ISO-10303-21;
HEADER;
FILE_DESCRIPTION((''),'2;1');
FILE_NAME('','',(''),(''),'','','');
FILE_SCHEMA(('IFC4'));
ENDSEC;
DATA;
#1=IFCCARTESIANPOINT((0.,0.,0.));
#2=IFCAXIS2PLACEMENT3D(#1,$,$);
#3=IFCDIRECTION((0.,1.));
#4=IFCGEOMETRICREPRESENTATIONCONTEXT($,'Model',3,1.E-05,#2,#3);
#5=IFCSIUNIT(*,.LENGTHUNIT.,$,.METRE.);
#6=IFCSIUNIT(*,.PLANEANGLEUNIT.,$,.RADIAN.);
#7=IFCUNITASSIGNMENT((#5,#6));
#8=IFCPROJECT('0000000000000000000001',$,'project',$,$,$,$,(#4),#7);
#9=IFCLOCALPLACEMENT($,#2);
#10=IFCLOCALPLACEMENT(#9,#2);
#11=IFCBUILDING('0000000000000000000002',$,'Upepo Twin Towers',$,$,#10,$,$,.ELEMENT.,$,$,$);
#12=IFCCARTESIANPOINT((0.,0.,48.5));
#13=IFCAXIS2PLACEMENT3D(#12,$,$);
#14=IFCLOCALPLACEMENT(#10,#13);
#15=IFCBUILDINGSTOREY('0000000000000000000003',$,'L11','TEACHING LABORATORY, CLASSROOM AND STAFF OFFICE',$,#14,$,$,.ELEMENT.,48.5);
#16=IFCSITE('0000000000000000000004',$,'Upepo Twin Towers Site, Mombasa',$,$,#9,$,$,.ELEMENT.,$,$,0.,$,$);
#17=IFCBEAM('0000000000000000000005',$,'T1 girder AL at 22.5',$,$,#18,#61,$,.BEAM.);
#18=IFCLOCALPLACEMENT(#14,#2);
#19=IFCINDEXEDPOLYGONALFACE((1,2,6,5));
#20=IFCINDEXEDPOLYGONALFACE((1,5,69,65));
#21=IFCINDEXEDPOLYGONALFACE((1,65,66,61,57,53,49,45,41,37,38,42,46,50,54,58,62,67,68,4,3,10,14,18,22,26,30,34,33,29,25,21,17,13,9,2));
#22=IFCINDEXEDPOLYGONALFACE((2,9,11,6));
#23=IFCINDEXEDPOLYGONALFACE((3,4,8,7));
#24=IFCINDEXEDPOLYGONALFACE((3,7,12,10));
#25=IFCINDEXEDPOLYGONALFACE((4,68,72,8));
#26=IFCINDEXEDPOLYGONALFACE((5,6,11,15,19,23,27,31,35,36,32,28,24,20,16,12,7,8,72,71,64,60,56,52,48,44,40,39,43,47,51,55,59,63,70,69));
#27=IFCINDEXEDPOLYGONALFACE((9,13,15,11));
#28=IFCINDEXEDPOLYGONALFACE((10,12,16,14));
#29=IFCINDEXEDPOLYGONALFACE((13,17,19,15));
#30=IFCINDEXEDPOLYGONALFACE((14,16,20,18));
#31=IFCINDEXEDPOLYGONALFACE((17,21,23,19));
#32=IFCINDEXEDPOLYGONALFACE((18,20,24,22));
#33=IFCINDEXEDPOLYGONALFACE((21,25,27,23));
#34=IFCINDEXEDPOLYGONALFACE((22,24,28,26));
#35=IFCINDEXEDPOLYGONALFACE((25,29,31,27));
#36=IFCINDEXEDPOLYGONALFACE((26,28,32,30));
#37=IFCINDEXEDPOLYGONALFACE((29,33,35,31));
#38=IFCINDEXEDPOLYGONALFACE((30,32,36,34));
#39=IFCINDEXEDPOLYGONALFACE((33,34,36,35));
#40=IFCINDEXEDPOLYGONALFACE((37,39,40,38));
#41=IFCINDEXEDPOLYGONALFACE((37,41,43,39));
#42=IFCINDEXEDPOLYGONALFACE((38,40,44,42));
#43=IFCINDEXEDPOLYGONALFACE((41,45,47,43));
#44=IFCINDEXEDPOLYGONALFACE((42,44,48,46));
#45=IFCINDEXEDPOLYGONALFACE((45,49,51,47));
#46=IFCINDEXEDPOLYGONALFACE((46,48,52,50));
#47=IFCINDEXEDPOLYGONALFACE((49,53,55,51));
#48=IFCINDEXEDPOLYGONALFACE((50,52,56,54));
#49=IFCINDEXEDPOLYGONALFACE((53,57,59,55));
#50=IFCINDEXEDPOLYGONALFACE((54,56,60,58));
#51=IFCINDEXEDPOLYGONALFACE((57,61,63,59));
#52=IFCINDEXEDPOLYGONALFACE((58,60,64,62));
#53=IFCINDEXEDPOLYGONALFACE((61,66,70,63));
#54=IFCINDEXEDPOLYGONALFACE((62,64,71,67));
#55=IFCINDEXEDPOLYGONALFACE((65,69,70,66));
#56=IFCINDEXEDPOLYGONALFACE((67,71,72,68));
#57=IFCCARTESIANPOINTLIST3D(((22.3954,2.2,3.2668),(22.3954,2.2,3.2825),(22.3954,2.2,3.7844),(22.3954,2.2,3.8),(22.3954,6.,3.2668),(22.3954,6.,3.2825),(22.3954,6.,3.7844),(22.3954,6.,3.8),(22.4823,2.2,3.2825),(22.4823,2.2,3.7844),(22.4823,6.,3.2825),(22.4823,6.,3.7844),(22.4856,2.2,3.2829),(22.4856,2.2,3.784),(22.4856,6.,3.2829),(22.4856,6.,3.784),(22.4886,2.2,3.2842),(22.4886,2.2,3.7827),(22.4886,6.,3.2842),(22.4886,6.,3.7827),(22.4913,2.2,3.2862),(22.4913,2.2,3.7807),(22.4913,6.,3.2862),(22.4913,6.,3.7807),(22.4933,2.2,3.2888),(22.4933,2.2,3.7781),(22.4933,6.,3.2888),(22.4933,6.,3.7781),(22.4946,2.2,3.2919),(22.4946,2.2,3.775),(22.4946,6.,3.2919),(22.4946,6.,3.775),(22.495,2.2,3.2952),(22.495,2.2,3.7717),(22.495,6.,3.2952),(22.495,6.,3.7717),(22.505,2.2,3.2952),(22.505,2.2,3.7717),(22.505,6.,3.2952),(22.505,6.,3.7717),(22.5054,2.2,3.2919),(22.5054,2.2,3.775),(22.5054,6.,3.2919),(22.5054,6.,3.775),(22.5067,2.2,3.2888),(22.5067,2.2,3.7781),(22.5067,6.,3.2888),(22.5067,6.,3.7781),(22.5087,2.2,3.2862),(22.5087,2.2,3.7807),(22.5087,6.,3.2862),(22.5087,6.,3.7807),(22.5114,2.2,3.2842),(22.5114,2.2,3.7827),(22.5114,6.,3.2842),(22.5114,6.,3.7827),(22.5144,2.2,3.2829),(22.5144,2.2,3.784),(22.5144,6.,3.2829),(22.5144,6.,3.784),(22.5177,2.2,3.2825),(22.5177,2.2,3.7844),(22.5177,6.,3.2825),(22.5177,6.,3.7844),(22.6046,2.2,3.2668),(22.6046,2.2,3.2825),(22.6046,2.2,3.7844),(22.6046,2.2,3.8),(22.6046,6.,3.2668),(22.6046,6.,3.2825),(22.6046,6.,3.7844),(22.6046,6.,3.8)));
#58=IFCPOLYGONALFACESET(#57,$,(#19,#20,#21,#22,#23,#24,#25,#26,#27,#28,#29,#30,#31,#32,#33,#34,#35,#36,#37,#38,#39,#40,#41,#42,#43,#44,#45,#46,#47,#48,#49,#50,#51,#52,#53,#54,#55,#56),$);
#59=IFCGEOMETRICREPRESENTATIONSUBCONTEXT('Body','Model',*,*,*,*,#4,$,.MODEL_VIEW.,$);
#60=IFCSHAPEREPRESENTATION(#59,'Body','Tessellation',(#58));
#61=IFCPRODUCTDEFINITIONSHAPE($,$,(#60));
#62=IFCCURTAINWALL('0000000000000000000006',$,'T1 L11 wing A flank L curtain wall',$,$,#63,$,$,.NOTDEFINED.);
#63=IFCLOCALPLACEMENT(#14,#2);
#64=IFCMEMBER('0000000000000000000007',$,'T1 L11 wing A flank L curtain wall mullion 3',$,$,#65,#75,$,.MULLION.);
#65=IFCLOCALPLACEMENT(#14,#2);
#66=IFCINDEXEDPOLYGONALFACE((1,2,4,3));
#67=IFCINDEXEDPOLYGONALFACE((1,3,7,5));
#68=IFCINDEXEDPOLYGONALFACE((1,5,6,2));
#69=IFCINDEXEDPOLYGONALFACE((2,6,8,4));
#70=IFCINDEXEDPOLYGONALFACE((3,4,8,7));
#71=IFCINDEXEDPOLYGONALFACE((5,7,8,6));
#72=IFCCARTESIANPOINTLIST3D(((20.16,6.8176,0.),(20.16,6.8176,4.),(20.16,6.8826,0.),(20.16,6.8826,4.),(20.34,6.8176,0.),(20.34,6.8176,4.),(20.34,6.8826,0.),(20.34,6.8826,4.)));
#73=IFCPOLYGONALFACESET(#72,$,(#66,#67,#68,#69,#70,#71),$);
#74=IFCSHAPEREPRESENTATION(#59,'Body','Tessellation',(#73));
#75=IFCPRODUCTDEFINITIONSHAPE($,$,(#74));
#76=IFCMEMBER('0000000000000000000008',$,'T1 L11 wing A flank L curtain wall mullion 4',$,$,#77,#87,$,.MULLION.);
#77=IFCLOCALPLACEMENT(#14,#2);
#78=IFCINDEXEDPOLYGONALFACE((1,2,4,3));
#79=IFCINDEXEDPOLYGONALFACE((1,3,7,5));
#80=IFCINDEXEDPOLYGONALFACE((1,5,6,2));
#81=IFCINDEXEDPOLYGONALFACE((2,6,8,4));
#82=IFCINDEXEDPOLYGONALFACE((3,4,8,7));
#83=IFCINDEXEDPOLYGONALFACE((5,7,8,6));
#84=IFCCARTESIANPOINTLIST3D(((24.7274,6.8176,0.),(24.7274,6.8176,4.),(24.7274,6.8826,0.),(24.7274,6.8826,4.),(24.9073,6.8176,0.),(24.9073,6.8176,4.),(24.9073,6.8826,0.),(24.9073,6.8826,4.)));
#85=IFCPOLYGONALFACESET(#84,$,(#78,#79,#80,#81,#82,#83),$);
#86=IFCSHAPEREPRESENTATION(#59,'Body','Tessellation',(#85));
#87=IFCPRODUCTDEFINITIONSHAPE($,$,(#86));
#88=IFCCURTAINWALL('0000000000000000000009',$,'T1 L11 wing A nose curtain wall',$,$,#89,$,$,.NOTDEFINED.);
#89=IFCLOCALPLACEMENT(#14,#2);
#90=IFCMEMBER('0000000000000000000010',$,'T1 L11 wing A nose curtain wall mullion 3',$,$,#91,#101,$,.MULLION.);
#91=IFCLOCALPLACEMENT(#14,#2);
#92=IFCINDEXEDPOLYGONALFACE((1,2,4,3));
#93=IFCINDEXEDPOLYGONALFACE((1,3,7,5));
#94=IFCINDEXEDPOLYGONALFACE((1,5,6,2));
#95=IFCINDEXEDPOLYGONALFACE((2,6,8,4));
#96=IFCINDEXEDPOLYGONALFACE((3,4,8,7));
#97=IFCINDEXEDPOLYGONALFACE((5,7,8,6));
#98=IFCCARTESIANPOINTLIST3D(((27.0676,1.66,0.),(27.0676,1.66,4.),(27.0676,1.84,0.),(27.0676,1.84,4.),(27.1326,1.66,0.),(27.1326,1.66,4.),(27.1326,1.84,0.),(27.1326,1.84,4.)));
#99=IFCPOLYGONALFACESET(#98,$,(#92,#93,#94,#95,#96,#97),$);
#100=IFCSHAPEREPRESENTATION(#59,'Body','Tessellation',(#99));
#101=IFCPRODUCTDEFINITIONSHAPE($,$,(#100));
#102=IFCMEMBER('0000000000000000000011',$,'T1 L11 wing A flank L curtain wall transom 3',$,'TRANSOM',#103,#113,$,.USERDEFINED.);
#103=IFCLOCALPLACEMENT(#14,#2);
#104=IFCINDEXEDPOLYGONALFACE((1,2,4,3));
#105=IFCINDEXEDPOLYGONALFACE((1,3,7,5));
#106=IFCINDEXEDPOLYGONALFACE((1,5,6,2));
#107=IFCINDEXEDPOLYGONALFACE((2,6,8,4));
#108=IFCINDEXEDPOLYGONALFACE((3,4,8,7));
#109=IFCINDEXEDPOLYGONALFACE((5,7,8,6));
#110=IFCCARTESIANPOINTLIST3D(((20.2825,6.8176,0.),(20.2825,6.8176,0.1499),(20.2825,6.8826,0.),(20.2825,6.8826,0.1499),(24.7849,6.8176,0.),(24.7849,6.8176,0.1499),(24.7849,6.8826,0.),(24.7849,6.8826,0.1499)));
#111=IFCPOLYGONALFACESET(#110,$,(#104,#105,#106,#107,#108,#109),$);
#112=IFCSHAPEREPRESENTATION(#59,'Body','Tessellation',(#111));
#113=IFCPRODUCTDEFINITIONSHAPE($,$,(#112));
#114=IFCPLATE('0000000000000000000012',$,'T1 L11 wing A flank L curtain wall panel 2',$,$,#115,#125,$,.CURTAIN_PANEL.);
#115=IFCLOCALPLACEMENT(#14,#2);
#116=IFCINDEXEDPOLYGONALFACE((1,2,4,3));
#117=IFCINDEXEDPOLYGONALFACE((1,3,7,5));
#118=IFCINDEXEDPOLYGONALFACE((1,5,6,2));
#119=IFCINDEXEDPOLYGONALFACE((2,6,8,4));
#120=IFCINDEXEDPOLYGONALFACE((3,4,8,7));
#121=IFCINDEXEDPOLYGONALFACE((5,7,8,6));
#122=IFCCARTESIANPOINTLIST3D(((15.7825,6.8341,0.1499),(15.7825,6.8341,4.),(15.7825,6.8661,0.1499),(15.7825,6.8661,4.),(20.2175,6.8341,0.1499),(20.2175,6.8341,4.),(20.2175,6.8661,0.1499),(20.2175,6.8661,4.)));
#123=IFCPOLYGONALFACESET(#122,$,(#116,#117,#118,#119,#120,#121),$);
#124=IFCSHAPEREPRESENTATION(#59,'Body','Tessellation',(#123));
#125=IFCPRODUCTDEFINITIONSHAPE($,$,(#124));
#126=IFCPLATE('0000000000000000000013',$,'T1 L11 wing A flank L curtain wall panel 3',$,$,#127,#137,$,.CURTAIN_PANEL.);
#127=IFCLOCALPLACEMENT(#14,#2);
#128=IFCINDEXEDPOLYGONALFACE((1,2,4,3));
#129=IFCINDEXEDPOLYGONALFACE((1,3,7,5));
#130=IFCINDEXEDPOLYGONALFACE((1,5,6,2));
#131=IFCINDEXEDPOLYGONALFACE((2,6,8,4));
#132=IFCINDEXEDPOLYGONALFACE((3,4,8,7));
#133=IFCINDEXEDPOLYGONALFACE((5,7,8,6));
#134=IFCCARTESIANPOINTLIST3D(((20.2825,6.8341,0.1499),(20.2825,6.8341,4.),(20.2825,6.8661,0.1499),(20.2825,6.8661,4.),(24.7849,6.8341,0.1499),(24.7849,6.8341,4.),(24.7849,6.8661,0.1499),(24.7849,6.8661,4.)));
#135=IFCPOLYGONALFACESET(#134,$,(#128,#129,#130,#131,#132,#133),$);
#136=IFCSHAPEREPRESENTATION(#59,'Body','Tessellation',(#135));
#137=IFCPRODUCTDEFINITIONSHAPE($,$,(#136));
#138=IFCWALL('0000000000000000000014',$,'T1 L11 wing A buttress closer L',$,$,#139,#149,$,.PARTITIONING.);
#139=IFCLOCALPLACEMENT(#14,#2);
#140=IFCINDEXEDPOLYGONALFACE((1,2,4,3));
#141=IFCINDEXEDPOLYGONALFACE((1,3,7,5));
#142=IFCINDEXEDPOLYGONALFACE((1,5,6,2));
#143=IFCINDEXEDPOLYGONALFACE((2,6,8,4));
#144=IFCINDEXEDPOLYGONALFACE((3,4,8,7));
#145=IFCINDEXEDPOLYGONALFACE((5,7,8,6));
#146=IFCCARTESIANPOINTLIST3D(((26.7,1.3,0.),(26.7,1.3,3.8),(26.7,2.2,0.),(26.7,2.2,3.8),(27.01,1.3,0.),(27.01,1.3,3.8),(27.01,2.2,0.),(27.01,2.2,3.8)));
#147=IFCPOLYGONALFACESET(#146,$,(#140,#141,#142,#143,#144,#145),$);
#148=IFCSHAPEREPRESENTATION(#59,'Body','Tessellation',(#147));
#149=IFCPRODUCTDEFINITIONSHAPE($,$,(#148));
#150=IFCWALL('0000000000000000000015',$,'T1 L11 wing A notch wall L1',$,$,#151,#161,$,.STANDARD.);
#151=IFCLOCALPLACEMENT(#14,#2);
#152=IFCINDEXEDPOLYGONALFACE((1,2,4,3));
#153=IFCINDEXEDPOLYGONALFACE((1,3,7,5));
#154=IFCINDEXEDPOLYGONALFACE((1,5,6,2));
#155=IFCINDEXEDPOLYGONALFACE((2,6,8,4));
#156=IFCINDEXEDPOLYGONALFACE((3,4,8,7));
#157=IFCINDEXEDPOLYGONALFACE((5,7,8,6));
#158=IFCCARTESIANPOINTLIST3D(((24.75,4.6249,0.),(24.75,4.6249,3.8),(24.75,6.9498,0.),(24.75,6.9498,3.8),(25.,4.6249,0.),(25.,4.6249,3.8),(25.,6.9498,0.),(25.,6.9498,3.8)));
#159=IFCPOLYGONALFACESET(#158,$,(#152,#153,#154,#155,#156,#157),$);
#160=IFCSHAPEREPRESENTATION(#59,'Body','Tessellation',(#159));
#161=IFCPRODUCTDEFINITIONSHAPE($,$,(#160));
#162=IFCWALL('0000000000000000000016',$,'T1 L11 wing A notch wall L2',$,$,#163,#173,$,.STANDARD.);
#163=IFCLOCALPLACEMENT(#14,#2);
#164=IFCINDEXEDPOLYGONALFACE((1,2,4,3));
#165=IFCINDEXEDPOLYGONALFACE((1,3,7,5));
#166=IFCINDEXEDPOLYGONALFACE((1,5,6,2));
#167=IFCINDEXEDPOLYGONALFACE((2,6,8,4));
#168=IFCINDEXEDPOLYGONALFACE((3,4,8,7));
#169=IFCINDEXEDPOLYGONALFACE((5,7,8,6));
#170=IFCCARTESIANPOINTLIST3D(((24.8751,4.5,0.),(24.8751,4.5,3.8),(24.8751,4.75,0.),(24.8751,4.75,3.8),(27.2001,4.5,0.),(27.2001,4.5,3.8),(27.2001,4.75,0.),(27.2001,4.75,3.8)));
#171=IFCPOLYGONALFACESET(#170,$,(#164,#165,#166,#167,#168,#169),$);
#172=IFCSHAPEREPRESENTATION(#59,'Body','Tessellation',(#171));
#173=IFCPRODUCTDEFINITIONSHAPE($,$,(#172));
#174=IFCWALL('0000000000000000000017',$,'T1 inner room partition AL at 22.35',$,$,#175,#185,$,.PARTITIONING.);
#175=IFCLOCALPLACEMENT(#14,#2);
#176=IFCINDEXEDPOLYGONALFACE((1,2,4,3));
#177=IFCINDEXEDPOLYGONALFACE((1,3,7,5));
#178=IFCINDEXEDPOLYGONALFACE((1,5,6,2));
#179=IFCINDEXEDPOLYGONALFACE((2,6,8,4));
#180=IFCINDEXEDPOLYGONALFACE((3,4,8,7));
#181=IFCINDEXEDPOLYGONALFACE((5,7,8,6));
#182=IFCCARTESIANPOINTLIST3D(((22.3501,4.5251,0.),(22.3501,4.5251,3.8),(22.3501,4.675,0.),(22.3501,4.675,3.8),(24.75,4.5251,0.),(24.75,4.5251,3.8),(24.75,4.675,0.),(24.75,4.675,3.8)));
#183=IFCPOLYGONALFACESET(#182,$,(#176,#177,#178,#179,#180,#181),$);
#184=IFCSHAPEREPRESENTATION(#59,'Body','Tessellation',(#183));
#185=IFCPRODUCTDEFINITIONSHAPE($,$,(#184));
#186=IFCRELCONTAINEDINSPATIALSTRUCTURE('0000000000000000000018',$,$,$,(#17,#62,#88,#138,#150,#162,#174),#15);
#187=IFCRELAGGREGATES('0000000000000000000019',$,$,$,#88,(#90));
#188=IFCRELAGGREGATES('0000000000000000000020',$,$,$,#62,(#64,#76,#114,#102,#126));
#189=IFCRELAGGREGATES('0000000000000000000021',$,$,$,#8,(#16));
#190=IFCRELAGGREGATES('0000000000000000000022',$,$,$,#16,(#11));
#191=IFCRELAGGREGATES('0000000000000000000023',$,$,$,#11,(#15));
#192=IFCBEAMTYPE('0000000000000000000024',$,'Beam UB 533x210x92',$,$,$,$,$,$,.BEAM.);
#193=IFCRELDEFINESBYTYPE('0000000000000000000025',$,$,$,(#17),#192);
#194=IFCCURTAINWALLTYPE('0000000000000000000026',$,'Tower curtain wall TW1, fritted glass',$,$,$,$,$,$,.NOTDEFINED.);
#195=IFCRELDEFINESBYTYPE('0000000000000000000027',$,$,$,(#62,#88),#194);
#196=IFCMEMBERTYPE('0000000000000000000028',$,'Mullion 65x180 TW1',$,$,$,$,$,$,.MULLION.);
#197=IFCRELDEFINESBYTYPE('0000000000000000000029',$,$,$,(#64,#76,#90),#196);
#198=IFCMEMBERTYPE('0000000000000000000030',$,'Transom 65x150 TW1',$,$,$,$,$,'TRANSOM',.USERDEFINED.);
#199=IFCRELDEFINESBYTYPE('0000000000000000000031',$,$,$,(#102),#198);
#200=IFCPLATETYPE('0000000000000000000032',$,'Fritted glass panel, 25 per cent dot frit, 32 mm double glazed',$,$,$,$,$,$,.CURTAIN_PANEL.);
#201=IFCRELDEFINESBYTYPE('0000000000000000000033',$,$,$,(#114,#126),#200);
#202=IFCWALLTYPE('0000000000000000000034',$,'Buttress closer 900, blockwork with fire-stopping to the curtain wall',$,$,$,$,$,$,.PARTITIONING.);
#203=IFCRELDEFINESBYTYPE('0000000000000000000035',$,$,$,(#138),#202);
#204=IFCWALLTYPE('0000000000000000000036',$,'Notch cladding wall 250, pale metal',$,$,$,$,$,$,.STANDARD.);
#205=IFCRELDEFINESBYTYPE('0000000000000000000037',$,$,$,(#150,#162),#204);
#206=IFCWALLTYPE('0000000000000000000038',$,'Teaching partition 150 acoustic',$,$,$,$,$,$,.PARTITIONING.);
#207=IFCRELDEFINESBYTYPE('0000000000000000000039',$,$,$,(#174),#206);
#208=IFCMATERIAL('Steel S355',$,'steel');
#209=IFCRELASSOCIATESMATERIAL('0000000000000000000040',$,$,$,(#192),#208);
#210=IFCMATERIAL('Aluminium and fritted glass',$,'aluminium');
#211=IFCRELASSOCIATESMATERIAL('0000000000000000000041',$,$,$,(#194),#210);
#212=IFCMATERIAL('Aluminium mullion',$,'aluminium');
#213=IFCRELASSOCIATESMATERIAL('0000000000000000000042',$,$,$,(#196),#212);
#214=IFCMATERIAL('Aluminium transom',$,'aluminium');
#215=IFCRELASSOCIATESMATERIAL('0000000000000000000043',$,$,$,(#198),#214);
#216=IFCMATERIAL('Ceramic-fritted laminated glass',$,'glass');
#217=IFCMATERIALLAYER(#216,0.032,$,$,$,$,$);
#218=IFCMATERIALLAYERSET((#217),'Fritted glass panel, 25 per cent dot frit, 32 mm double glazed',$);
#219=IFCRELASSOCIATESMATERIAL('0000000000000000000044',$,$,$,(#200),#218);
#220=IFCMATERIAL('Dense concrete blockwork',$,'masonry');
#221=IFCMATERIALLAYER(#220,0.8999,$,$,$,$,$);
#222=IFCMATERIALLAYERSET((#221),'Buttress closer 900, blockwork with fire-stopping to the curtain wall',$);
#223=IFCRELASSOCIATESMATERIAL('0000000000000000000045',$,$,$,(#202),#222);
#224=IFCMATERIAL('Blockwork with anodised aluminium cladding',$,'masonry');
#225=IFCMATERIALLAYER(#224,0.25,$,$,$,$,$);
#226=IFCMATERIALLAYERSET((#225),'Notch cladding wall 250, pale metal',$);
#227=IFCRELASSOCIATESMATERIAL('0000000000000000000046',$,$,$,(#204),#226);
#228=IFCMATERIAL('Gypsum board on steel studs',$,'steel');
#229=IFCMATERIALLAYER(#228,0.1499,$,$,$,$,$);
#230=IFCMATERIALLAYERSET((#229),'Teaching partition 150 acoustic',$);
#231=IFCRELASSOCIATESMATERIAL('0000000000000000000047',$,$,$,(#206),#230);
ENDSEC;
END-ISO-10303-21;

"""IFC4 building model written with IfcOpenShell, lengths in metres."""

from ifc_helpers import new_model, si_unit, direction, frame, frame_2d, origin, origin_2d, place, context, subcontext, project, spatial, rectangle, i_section, extrude, material, layer, layer_set, material_profile, profile_set, type_object, element, aggregate, save


model = new_model("IFC4")

# Units and contexts
model_context = context("Model", 3, precision=1e-05, world=origin(), true_north=direction((0.0, 1.0)))
body_context = subcontext(model_context, "Body", "Model", "MODEL_VIEW")
ifc_project = project(units=[si_unit("LENGTHUNIT", "METRE"), si_unit("PLANEANGLEUNIT", "RADIAN")], contexts=[model_context])

# Site, building, storey
site_placement = place(None, origin())
site = spatial("IfcSite", under=ifc_project, at=site_placement, Name="Upepo Twin Towers Site, Mombasa", CompositionType="ELEMENT", RefElevation=0.0)
building_placement = place(site_placement, origin())
building = spatial("IfcBuilding", under=site, at=building_placement, Name="Upepo Twin Towers", CompositionType="ELEMENT")
storey_placement = place(building_placement, frame((0.0, 0.0, 48.5)))
storey = spatial("IfcBuildingStorey", under=building, at=storey_placement, Name="L11", Description="TEACHING LABORATORY, CLASSROOM AND STAFF OFFICE", CompositionType="ELEMENT", Elevation=48.5)

# Beam
ifc_material_1 = material(Name="Steel S355", Category="steel")
ifc_material_profile_1 = material_profile(ifc_material_1, i_section(OverallWidth=0.2092, OverallDepth=0.5332, WebThickness=0.01, FlangeThickness=0.0156, FilletRadius=0.0127, at=origin_2d()), Name="UB 533x210x92")
ifc_profile_set_1 = profile_set([ifc_material_profile_1], Name="Steel S355")
beam_type_1 = type_object("IfcBeamType", Name="Beam UB 533x210x92", PredefinedType="BEAM", material=ifc_profile_set_1)
beam_1_placement = place(storey_placement, frame((22.5, 6.0, 3.5334), z_axis=(0.0, -1.0, 0.0), x_axis=(1.0, 0.0, 0.0)))
element("IfcBeam", 1, at=beam_1_placement, inside=storey, type_object=beam_type_1, Name="T1 girder AL at 22.5", PredefinedType="BEAM", context=body_context, shape_type="SweptSolid", body=[
    extrude(i_section(OverallWidth=0.2092, OverallDepth=0.5332, WebThickness=0.01, FlangeThickness=0.0156, FilletRadius=0.0127, at=origin_2d()), origin(), (0.0, 0.0, 1.0), 3.8),
])

# Curtain wall, members
ifc_material_2 = material(Name="Aluminium and fritted glass", Category="aluminium")
curtain_wall_type = type_object("IfcCurtainWallType", Name="Tower curtain wall TW1, fritted glass", PredefinedType="NOTDEFINED", material=ifc_material_2)
curtain_wall_1_placement = place(storey_placement, origin())
curtain_wall_1 = element("IfcCurtainWall", 2, at=curtain_wall_1_placement, inside=storey, type_object=curtain_wall_type, Name="T1 L11 wing A flank L curtain wall", PredefinedType="NOTDEFINED")
ifc_material_3 = material(Name="Aluminium mullion", Category="aluminium")
ifc_material_profile_2 = material_profile(ifc_material_3, rectangle(XDim=0.0649, YDim=0.1799, at=origin_2d()), Name="MULLION 65x180")
ifc_profile_set_2 = profile_set([ifc_material_profile_2], Name="Aluminium mullion")
member_type_1 = type_object("IfcMemberType", Name="Mullion 65x180 TW1", PredefinedType="MULLION", material=ifc_profile_set_2)
member_1_placement = place(storey_placement, frame((20.25, 6.8501, 0.0), z_axis=(0.0, 0.0, 1.0), x_axis=(0.0, 1.0, 0.0)))
member_1 = element("IfcMember", 3, at=member_1_placement, type_object=member_type_1, Name="T1 L11 wing A flank L curtain wall mullion 3", PredefinedType="MULLION", context=body_context, shape_type="SweptSolid", body=[
    extrude(rectangle(XDim=0.0649, YDim=0.1799, at=origin_2d()), origin(), (0.0, 0.0, 1.0), 4.0),
])
member_2_placement = place(storey_placement, frame((24.8174, 6.8501, 0.0), z_axis=(0.0, 0.0, 1.0), x_axis=(0.0, 1.0, 0.0)))
member_2 = element("IfcMember", 4, at=member_2_placement, type_object=member_type_1, Name="T1 L11 wing A flank L curtain wall mullion 4", PredefinedType="MULLION", context=body_context, shape_type="SweptSolid", body=[
    extrude(rectangle(XDim=0.0649, YDim=0.1799, at=origin_2d()), origin(), (0.0, 0.0, 1.0), 4.0),
])

# Curtain wall, member
curtain_wall_2_placement = place(storey_placement, origin())
curtain_wall_2 = element("IfcCurtainWall", 5, at=curtain_wall_2_placement, inside=storey, type_object=curtain_wall_type, Name="T1 L11 wing A nose curtain wall", PredefinedType="NOTDEFINED")
member_3_placement = place(storey_placement, frame((27.1001, 1.75, 0.0), z_axis=(0.0, 0.0, 1.0), x_axis=(-1.0, 0.0, 0.0)))
member_3 = element("IfcMember", 6, at=member_3_placement, type_object=member_type_1, Name="T1 L11 wing A nose curtain wall mullion 3", PredefinedType="MULLION", context=body_context, shape_type="SweptSolid", body=[
    extrude(rectangle(XDim=0.0649, YDim=0.1799, at=origin_2d()), origin(), (0.0, 0.0, 1.0), 4.0),
])
aggregate(curtain_wall_2, [member_3])

# Member
ifc_material_4 = material(Name="Aluminium transom", Category="aluminium")
ifc_material_profile_3 = material_profile(ifc_material_4, rectangle(XDim=0.0649, YDim=0.1499, at=origin_2d()), Name="TRANSOM 65x150")
ifc_profile_set_3 = profile_set([ifc_material_profile_3], Name="Aluminium transom")
member_type_2 = type_object("IfcMemberType", Name="Transom 65x150 TW1", ElementType="TRANSOM", PredefinedType="USERDEFINED", material=ifc_profile_set_3)
member_4_placement = place(storey_placement, frame((20.2825, 6.8501, 0.075), z_axis=(1.0, 0.0, 0.0), x_axis=(0.0, 1.0, 0.0)))
member_4 = element("IfcMember", 7, at=member_4_placement, type_object=member_type_2, Name="T1 L11 wing A flank L curtain wall transom 3", ObjectType="TRANSOM", PredefinedType="USERDEFINED", context=body_context, shape_type="SweptSolid", body=[
    extrude(rectangle(XDim=0.0649, YDim=0.1499, at=origin_2d()), origin(), (0.0, 0.0, 1.0), 4.5024),
])

# Plates
ifc_material_5 = material(Name="Ceramic-fritted laminated glass", Category="glass")
ifc_layer_1 = layer(ifc_material_5, 0.032)
ifc_layer_set_1 = layer_set([ifc_layer_1], Name="Fritted glass panel, 25 per cent dot frit, 32 mm double glazed")
plate_type = type_object("IfcPlateType", Name="Fritted glass panel, 25 per cent dot frit, 32 mm double glazed", PredefinedType="CURTAIN_PANEL", material=ifc_layer_set_1)
plate_1_placement = place(storey_placement, frame((18.0, 6.8501, 0.1499), z_axis=(0.0, 0.0, 1.0), x_axis=(1.0, 0.0, 0.0)))
plate_1 = element("IfcPlate", 8, at=plate_1_placement, type_object=plate_type, Name="T1 L11 wing A flank L curtain wall panel 2", PredefinedType="CURTAIN_PANEL", context=body_context, shape_type="SweptSolid", body=[
    extrude(rectangle(XDim=4.4351, YDim=0.032, at=origin_2d()), origin(), (0.0, 0.0, 1.0), 3.8501),
])
plate_2_placement = place(storey_placement, frame((22.5337, 6.8501, 0.1499), z_axis=(0.0, 0.0, 1.0), x_axis=(1.0, 0.0, 0.0)))
plate_2 = element("IfcPlate", 9, at=plate_2_placement, type_object=plate_type, Name="T1 L11 wing A flank L curtain wall panel 3", PredefinedType="CURTAIN_PANEL", context=body_context, shape_type="SweptSolid", body=[
    extrude(rectangle(XDim=4.5024, YDim=0.032, at=origin_2d()), origin(), (0.0, 0.0, 1.0), 3.8501),
])
aggregate(curtain_wall_1, [member_1, member_2, plate_1, member_4, plate_2])

# Walls
ifc_material_6 = material(Name="Dense concrete blockwork", Category="masonry")
ifc_layer_2 = layer(ifc_material_6, 0.8999)
ifc_layer_set_2 = layer_set([ifc_layer_2], Name="Buttress closer 900, blockwork with fire-stopping to the curtain wall")
wall_type_1 = type_object("IfcWallType", Name="Buttress closer 900, blockwork with fire-stopping to the curtain wall", PredefinedType="PARTITIONING", material=ifc_layer_set_2)
wall_1_placement = place(storey_placement, frame((26.7, 1.75, 0.0), z_axis=(0.0, 0.0, 1.0), x_axis=(1.0, 0.0, 0.0)))
element("IfcWall", 10, at=wall_1_placement, inside=storey, type_object=wall_type_1, Name="T1 L11 wing A buttress closer L", PredefinedType="PARTITIONING", context=body_context, shape_type="SweptSolid", body=[
    extrude(rectangle(XDim=0.3101, YDim=0.8999, at=frame_2d((0.155, 0.0))), origin(), (0.0, 0.0, 1.0), 3.8),
])
ifc_material_7 = material(Name="Blockwork with anodised aluminium cladding", Category="masonry")
ifc_layer_3 = layer(ifc_material_7, 0.25)
ifc_layer_set_3 = layer_set([ifc_layer_3], Name="Notch cladding wall 250, pale metal")
wall_type_2 = type_object("IfcWallType", Name="Notch cladding wall 250, pale metal", PredefinedType="STANDARD", material=ifc_layer_set_3)
for number, where, z_axis, x_axis, name in (
    (11, (24.875, 6.95, 0.0), (0.0, 0.0, 1.0), (0.0, -1.0, 0.0), "T1 L11 wing A notch wall L1"),
    (12, (24.875, 4.625, 0.0), (0.0, 0.0, 1.0), (1.0, 0.0, 0.0), "T1 L11 wing A notch wall L2"),
):
    element("IfcWall", number, at=place(storey_placement, frame(where, z_axis=z_axis, x_axis=x_axis)), inside=storey, type_object=wall_type_2, Name=name, PredefinedType="STANDARD", context=body_context, shape_type="SweptSolid", body=[
        extrude(rectangle(XDim=2.325, YDim=0.25, at=frame_2d((1.1626, 0.0))), origin(), (0.0, 0.0, 1.0), 3.8),
    ])
ifc_material_8 = material(Name="Gypsum board on steel studs", Category="steel")
ifc_layer_4 = layer(ifc_material_8, 0.1499)
ifc_layer_set_4 = layer_set([ifc_layer_4], Name="Teaching partition 150 acoustic")
wall_type_3 = type_object("IfcWallType", Name="Teaching partition 150 acoustic", PredefinedType="PARTITIONING", material=ifc_layer_set_4)
wall_2_placement = place(storey_placement, frame((22.3501, 4.6001, 0.0), z_axis=(0.0, 0.0, 1.0), x_axis=(1.0, 0.0, 0.0)))
element("IfcWall", 13, at=wall_2_placement, inside=storey, type_object=wall_type_3, Name="T1 inner room partition AL at 22.35", PredefinedType="PARTITIONING", context=body_context, shape_type="SweptSolid", body=[
    extrude(rectangle(XDim=2.3999, YDim=0.1499, at=frame_2d((1.2, 0.0))), origin(), (0.0, 0.0, 1.0), 3.8),
])

save(model, "model.ifc")
